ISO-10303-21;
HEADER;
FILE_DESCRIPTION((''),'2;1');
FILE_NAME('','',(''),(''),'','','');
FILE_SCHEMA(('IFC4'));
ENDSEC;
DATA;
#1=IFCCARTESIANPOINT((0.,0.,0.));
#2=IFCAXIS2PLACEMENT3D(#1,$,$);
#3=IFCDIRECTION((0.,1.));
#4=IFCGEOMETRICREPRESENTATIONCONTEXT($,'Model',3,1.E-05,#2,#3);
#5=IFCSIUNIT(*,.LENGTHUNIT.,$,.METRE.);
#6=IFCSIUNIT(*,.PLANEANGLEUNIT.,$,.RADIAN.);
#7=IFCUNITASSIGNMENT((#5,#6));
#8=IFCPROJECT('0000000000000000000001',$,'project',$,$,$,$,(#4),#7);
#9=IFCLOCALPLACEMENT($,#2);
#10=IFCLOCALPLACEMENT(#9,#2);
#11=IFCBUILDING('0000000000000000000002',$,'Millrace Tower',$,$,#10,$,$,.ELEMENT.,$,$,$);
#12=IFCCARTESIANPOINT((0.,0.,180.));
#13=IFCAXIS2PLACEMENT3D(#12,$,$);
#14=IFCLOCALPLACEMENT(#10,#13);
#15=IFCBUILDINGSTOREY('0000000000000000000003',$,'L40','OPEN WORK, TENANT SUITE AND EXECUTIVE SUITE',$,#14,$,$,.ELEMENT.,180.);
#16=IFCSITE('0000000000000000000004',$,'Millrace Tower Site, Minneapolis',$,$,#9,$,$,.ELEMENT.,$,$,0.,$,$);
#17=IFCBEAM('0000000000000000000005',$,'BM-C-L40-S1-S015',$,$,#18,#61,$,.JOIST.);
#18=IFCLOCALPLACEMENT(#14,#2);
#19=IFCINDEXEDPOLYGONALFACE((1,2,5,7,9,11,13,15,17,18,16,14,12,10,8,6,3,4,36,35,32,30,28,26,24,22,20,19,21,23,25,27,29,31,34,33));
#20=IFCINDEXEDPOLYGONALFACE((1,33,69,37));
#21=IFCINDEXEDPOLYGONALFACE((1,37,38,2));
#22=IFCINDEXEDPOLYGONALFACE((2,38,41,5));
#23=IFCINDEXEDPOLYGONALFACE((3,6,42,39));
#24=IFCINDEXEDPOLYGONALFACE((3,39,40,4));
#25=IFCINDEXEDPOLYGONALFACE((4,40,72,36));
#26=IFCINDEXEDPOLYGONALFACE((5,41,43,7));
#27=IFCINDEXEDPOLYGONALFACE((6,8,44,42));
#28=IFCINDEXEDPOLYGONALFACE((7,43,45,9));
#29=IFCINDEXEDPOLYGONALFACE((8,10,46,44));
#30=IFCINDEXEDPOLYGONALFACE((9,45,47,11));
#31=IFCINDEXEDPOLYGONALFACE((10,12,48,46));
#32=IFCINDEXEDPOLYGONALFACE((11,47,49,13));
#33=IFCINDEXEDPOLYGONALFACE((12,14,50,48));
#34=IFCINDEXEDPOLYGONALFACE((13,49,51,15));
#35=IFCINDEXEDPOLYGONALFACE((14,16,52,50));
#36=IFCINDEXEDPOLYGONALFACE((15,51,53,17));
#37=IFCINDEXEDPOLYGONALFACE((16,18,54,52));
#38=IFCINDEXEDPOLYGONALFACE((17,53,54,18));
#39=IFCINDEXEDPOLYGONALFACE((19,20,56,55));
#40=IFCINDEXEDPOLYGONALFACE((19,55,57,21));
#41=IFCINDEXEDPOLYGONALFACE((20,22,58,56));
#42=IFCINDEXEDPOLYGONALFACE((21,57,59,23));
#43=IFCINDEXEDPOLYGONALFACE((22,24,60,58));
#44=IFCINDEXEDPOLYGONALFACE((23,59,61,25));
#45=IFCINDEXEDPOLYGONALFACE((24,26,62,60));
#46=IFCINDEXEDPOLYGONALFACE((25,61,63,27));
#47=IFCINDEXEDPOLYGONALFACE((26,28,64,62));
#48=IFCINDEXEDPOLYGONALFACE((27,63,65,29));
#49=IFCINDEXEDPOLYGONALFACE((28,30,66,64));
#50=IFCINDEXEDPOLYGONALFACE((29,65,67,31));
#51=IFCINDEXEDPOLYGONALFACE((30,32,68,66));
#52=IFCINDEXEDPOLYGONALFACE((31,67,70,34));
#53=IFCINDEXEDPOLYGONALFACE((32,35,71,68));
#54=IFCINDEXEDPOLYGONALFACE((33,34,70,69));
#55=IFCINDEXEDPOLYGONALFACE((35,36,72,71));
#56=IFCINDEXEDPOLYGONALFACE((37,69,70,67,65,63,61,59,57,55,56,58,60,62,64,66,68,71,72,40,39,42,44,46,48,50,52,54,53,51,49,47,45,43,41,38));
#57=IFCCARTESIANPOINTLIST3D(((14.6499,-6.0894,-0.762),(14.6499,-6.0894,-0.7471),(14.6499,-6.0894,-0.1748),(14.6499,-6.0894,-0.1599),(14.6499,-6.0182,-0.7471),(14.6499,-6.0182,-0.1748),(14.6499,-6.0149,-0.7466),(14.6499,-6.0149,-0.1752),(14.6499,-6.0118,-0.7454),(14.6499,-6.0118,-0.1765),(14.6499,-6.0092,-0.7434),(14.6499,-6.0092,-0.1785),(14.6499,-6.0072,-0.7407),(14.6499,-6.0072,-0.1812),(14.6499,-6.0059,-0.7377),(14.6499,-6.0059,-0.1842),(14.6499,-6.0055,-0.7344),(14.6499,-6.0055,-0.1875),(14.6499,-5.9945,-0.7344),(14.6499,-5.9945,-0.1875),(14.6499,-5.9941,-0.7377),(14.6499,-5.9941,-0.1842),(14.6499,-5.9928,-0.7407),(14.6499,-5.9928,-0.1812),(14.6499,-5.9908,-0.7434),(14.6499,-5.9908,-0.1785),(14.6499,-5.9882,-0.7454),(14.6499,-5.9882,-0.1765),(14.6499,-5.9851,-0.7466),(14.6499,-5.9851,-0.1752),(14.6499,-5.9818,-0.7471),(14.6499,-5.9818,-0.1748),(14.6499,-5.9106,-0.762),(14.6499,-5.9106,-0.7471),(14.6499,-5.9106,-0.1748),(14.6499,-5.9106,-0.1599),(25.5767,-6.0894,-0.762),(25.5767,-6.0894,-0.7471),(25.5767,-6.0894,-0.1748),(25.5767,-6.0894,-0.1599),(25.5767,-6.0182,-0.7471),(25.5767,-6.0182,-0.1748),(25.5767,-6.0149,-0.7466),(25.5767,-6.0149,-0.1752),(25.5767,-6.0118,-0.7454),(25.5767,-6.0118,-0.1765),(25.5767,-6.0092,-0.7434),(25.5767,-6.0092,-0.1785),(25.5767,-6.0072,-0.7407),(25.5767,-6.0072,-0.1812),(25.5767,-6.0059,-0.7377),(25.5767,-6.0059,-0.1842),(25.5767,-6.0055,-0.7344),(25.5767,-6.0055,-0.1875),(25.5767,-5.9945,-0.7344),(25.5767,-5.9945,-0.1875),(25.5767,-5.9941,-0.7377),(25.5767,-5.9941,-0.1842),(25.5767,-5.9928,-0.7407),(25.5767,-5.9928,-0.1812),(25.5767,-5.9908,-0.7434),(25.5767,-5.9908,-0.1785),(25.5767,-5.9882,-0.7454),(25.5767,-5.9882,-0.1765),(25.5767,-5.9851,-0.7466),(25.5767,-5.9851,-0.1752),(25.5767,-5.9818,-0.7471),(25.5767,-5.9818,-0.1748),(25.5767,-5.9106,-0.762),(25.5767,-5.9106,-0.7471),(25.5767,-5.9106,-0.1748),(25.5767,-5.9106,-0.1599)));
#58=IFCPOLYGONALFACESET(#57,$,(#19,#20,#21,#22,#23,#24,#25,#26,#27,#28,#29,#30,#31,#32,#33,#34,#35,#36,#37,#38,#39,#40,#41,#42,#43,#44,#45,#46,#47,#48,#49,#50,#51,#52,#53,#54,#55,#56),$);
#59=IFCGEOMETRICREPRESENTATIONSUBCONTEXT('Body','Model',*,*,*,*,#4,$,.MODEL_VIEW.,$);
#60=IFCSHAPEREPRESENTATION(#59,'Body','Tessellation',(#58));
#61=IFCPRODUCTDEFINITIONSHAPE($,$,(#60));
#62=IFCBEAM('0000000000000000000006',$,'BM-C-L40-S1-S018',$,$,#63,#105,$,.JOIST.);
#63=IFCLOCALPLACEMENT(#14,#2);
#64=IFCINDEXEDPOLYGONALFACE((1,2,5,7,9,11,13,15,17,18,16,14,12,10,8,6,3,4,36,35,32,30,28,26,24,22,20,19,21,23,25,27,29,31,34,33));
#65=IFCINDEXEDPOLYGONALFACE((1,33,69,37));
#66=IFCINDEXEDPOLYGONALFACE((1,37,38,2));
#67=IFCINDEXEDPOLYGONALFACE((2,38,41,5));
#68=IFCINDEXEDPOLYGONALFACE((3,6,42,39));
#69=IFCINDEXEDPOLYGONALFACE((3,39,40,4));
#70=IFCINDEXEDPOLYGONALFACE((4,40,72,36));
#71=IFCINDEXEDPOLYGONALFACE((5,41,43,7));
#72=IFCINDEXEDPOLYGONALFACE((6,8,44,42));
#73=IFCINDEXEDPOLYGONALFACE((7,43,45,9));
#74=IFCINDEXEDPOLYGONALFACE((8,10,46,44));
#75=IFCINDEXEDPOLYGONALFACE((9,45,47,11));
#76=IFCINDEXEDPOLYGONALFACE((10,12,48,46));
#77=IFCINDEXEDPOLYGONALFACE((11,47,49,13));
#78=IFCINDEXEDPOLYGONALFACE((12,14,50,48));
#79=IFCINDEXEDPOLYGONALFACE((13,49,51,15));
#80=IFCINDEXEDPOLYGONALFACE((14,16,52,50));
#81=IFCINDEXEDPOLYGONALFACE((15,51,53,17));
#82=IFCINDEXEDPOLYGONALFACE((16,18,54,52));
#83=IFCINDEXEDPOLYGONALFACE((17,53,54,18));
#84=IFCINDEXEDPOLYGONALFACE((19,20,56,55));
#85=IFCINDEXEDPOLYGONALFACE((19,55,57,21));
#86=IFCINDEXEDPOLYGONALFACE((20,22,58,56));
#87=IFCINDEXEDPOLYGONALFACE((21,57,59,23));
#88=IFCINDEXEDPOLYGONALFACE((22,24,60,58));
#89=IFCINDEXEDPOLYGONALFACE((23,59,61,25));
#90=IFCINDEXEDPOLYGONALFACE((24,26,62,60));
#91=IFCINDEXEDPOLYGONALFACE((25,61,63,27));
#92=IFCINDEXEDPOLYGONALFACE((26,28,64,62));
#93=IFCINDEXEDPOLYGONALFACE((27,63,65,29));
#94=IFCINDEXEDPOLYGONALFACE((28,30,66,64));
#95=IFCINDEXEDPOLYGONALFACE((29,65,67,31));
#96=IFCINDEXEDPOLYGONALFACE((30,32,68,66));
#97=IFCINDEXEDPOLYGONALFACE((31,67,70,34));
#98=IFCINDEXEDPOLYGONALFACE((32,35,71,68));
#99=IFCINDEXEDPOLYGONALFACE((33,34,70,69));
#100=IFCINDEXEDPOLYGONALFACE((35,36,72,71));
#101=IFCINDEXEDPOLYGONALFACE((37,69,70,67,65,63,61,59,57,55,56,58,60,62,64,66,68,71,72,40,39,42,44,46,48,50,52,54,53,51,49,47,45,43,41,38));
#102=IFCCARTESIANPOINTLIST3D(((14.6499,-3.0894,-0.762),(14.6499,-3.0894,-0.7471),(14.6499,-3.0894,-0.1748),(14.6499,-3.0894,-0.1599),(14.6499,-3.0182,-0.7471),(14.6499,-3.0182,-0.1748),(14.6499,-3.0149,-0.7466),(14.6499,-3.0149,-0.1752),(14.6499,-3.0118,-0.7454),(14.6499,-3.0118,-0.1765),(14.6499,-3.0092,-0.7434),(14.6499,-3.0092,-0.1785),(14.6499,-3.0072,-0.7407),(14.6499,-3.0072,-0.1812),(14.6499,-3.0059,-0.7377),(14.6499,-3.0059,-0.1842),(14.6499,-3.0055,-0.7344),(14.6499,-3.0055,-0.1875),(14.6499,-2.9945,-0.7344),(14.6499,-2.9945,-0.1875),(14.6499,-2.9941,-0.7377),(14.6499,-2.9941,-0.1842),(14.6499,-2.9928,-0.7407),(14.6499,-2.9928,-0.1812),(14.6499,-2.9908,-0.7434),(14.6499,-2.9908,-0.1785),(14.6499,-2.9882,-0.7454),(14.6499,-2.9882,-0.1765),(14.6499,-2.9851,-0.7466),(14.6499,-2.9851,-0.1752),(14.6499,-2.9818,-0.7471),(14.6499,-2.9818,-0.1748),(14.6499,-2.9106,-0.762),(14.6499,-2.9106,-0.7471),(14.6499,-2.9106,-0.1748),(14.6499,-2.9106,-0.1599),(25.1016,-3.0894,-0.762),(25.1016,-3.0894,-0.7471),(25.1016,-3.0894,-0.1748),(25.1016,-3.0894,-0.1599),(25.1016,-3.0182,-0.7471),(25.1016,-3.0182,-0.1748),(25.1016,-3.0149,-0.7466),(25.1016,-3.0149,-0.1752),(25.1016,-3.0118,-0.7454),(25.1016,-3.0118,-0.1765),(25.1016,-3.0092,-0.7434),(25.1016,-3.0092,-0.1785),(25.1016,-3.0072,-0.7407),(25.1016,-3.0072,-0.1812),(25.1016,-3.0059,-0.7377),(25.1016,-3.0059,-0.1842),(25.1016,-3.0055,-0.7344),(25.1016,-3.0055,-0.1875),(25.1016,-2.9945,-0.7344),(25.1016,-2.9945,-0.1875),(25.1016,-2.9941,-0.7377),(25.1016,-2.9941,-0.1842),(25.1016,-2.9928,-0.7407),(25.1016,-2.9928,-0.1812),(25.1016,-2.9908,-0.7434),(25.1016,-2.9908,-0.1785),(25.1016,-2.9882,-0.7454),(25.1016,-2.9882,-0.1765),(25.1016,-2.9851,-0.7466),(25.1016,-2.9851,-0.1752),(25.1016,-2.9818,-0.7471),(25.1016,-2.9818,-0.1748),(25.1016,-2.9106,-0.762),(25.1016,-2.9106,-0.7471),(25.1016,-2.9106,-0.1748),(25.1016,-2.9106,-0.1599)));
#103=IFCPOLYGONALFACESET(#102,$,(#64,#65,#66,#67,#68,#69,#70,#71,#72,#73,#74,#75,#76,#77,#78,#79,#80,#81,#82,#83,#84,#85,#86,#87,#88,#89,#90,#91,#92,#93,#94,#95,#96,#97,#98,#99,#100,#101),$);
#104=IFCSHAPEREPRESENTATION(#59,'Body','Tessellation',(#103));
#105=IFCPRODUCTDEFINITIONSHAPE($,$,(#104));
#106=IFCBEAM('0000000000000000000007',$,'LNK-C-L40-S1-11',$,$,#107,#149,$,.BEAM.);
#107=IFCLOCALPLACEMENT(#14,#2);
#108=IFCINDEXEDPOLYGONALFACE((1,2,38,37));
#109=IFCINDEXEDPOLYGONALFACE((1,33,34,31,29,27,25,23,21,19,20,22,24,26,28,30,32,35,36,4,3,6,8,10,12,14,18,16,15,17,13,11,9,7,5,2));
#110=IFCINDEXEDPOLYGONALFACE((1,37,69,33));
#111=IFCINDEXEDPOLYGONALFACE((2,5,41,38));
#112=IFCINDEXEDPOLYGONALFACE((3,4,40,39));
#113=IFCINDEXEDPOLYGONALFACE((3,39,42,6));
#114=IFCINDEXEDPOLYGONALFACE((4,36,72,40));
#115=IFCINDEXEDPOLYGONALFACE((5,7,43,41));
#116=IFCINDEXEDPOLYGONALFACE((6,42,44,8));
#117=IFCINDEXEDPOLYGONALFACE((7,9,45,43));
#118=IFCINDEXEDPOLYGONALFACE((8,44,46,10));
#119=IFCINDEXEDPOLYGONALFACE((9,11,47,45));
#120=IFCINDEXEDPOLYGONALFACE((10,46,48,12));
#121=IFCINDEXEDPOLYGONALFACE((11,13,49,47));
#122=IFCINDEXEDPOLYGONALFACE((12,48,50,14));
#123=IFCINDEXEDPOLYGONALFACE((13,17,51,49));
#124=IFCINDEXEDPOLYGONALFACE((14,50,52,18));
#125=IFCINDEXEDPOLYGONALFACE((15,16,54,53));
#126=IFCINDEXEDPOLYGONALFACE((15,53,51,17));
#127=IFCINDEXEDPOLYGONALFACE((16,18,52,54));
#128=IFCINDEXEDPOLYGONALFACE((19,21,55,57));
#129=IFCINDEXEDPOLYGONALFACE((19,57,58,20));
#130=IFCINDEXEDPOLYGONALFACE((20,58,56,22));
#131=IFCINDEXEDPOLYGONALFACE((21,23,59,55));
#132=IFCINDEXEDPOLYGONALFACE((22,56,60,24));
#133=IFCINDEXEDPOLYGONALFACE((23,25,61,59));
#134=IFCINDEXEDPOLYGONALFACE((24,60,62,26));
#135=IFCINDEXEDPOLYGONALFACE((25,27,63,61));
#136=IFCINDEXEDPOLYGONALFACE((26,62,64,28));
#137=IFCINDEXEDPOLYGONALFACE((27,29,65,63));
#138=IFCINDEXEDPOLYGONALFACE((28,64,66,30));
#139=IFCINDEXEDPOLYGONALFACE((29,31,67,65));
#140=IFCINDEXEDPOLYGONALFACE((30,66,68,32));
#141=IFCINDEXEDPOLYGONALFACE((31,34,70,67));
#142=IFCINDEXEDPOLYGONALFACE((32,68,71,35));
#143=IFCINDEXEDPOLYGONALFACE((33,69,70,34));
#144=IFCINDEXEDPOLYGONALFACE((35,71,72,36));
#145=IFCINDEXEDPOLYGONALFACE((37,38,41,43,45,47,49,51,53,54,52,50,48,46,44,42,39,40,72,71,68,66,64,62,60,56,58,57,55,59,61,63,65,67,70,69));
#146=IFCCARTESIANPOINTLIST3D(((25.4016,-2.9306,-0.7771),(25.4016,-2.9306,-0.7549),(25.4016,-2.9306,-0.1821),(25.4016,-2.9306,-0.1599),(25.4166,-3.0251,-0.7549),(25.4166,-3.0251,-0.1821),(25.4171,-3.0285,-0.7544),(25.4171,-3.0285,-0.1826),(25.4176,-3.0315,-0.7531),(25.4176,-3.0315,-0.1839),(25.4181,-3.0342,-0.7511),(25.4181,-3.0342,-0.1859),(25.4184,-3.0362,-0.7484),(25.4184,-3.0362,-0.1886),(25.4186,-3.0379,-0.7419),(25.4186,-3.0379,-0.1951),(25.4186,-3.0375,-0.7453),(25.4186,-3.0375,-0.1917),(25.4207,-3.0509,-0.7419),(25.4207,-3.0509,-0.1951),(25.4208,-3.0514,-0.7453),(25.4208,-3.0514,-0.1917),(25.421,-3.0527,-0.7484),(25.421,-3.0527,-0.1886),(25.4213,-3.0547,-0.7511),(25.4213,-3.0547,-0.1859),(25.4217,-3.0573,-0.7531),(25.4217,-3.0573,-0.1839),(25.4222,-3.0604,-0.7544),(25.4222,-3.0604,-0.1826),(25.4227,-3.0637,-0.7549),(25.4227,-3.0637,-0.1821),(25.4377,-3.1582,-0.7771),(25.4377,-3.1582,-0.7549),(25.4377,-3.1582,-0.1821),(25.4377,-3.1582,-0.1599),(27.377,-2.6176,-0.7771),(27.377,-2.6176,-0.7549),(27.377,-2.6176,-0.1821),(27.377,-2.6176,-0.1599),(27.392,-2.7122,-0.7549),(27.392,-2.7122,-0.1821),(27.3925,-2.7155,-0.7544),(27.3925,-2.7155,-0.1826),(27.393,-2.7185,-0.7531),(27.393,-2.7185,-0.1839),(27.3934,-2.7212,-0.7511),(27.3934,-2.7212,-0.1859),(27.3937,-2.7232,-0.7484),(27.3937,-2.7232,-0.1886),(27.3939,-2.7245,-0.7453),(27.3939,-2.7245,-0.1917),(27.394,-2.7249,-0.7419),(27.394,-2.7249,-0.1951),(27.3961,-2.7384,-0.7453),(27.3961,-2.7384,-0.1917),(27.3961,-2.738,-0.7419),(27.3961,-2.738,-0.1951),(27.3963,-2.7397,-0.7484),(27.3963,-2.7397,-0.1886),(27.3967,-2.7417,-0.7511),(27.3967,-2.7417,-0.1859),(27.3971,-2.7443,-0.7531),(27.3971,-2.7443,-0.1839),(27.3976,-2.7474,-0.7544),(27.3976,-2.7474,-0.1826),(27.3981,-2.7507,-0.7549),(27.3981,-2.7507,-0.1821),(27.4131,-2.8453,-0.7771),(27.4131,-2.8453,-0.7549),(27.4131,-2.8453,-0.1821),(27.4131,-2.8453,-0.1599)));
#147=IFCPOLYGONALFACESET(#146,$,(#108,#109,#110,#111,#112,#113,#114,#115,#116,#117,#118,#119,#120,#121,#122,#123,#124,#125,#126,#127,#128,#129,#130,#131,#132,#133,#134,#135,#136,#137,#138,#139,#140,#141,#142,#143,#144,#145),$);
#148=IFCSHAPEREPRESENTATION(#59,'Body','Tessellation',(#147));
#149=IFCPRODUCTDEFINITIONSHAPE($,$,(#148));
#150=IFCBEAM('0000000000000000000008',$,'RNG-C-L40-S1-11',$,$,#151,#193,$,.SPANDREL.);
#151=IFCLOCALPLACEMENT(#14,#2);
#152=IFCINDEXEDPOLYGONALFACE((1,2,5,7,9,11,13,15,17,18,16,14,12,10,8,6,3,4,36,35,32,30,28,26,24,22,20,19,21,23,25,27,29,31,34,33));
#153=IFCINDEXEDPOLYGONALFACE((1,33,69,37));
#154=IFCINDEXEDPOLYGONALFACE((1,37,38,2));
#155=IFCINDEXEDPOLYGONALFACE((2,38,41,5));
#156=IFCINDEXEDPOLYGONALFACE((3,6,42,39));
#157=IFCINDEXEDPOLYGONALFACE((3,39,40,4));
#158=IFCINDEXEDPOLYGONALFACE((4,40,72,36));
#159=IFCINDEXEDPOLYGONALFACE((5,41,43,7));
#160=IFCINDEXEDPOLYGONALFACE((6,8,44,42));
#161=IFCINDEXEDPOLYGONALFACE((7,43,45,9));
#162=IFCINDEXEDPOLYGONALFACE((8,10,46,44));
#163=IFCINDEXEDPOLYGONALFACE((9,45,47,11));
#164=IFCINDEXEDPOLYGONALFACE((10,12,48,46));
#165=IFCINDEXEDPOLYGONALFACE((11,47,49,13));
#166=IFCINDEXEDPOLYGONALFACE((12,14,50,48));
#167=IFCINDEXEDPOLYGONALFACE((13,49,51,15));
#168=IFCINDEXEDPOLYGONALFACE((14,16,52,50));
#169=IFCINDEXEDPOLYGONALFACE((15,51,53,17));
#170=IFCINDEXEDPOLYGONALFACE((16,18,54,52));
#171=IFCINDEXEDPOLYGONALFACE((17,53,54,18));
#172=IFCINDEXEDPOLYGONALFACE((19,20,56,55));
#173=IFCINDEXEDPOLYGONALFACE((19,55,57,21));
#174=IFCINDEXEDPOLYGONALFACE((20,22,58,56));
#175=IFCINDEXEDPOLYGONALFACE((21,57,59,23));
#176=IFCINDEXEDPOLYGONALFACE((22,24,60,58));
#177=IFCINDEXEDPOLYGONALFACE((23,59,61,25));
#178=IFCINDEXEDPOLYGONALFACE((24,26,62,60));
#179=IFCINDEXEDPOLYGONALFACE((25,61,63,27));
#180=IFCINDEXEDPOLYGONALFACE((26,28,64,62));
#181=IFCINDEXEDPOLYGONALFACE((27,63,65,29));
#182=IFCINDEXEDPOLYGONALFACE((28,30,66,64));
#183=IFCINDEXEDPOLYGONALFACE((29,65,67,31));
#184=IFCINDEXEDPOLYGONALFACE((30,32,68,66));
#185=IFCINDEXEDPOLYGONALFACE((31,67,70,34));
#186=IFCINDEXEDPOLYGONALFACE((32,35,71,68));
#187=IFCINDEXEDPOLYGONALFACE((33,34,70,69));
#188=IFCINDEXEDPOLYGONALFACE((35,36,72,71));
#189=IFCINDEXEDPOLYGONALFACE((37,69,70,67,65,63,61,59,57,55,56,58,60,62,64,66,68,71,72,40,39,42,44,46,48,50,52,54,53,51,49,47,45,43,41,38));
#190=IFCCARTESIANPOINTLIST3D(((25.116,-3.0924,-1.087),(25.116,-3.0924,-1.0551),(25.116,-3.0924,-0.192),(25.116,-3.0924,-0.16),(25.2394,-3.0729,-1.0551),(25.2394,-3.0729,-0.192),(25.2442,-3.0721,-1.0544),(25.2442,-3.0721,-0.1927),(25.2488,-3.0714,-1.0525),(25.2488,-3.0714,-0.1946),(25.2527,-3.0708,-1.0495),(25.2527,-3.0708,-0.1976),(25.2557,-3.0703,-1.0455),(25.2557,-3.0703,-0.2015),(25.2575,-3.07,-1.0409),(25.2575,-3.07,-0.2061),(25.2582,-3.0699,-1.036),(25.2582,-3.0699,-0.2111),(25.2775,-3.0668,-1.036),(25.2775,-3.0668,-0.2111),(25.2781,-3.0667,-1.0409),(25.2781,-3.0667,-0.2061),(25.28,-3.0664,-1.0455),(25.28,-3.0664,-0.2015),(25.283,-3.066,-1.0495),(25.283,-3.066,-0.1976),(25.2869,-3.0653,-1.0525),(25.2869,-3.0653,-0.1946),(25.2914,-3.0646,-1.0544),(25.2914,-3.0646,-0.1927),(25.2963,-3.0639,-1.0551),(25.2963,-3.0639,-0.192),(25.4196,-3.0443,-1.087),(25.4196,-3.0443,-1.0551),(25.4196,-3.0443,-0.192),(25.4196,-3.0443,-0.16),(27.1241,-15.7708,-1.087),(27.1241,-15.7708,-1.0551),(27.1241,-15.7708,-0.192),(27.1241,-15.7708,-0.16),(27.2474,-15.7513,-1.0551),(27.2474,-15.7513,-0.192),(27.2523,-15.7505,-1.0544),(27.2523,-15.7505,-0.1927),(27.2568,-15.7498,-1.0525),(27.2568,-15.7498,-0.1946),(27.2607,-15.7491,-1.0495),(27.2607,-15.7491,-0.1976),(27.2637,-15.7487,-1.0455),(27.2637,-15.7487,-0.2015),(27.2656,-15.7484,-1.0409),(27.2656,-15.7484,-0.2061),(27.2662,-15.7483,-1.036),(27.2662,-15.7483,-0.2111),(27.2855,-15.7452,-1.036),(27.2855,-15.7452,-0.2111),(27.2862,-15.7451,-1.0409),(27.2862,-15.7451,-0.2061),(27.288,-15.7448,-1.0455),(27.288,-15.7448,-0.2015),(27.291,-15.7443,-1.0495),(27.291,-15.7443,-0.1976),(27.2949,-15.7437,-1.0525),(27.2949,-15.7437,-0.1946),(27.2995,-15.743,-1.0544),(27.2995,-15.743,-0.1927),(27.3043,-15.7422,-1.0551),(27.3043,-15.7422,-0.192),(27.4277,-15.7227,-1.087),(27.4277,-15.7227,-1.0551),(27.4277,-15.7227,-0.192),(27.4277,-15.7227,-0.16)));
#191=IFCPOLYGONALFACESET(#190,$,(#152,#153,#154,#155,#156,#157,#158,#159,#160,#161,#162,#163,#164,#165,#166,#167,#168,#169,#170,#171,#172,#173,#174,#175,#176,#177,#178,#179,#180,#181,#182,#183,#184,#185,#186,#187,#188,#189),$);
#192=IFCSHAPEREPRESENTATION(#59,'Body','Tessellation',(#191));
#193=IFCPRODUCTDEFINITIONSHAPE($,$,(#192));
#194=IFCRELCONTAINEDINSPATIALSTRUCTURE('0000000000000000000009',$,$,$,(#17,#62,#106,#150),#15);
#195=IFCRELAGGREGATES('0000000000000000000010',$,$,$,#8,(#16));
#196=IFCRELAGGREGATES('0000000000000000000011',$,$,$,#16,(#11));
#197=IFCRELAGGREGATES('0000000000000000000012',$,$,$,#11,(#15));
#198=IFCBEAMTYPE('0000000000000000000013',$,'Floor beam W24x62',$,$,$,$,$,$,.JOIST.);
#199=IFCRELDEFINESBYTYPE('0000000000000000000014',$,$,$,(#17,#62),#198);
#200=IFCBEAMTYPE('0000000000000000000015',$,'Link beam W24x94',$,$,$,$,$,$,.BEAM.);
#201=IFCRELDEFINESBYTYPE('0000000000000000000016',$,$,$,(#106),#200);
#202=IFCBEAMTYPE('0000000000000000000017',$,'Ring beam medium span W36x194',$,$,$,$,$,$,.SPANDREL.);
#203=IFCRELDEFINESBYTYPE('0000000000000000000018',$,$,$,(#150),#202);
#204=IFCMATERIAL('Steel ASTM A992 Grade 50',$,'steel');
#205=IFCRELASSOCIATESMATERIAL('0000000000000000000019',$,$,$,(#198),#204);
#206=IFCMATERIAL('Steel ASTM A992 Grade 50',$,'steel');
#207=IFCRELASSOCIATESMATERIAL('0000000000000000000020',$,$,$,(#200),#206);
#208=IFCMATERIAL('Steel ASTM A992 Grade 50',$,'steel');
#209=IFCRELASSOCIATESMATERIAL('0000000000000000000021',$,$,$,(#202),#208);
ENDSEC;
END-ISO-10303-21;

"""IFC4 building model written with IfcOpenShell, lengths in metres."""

from ifc_helpers import new_model, si_unit, direction, frame, origin, origin_2d, place, context, subcontext, project, spatial, i_section, extrude, material, material_profile, profile_set, type_object, element, save


model = new_model("IFC4")

# Units and contexts
model_context = context("Model", 3, precision=1e-05, world=origin(), true_north=direction((0.0, 1.0)))
body_context = subcontext(model_context, "Body", "Model", "MODEL_VIEW")
ifc_project = project(units=[si_unit("LENGTHUNIT", "METRE"), si_unit("PLANEANGLEUNIT", "RADIAN")], contexts=[model_context])

# Site, building, storey
site_placement = place(None, origin())
site = spatial("IfcSite", under=ifc_project, at=site_placement, Name="Millrace Tower Site, Minneapolis", CompositionType="ELEMENT", RefElevation=0.0)
building_placement = place(site_placement, origin())
building = spatial("IfcBuilding", under=site, at=building_placement, Name="Millrace Tower", CompositionType="ELEMENT")
storey_placement = place(building_placement, frame((0.0, 0.0, 180.0)))
storey = spatial("IfcBuildingStorey", under=building, at=storey_placement, Name="L40", Description="OPEN WORK, TENANT SUITE AND EXECUTIVE SUITE", CompositionType="ELEMENT", Elevation=180.0)

# Beams
ifc_material_1 = material(Name="Steel ASTM A992 Grade 50", Category="steel")
ifc_material_profile_1 = material_profile(ifc_material_1, i_section(OverallWidth=0.1787, OverallDepth=0.6021, WebThickness=0.011, FlangeThickness=0.0149, FilletRadius=0.0127, at=origin_2d()))
ifc_profile_set_1 = profile_set([ifc_material_profile_1], Name="Steel ASTM A992 Grade 50")
beam_type_1 = type_object("IfcBeamType", Name="Floor beam W24x62", PredefinedType="JOIST", material=ifc_profile_set_1)
beam_1_placement = place(storey_placement, frame((14.6499, -6.0, -0.4609), z_axis=(1.0, 0.0, 0.0), x_axis=(0.0, 1.0, 0.0)))
element("IfcBeam", 1, at=beam_1_placement, inside=storey, type_object=beam_type_1, Name="BM-C-L40-S1-S015", PredefinedType="JOIST", context=body_context, shape_type="SweptSolid", body=[
    extrude(i_section(OverallWidth=0.1787, OverallDepth=0.6021, WebThickness=0.011, FlangeThickness=0.0149, FilletRadius=0.0127, at=origin_2d()), origin(), (0.0, 0.0, 1.0), 10.9268),
])
beam_2_placement = place(storey_placement, frame((14.6499, -3.0, -0.4609), z_axis=(1.0, 0.0, 0.0), x_axis=(0.0, 1.0, 0.0)))
element("IfcBeam", 2, at=beam_2_placement, inside=storey, type_object=beam_type_1, Name="BM-C-L40-S1-S018", PredefinedType="JOIST", context=body_context, shape_type="SweptSolid", body=[
    extrude(i_section(OverallWidth=0.1787, OverallDepth=0.6021, WebThickness=0.011, FlangeThickness=0.0149, FilletRadius=0.0127, at=origin_2d()), origin(), (0.0, 0.0, 1.0), 10.4517),
])
ifc_material_2 = material(Name="Steel ASTM A992 Grade 50", Category="steel")
ifc_material_profile_2 = material_profile(ifc_material_2, i_section(OverallWidth=0.2305, OverallDepth=0.6172, WebThickness=0.0132, FlangeThickness=0.0222, FilletRadius=0.0129, at=origin_2d()))
ifc_profile_set_2 = profile_set([ifc_material_profile_2], Name="Steel ASTM A992 Grade 50")
beam_type_2 = type_object("IfcBeamType", Name="Link beam W24x94", PredefinedType="BEAM", material=ifc_profile_set_2)
beam_3_placement = place(storey_placement, frame((25.4197, -3.0444, -0.4685), z_axis=(0.987679, 0.156495, 0.0), x_axis=(-0.156495, 0.987679, 0.0)))
element("IfcBeam", 3, at=beam_3_placement, inside=storey, type_object=beam_type_2, Name="LNK-C-L40-S1-11", PredefinedType="BEAM", context=body_context, shape_type="SweptSolid", body=[
    extrude(i_section(OverallWidth=0.2305, OverallDepth=0.6172, WebThickness=0.0132, FlangeThickness=0.0222, FilletRadius=0.0129, at=origin_2d()), origin(), (0.0, 0.0, 1.0), 2.0),
])
ifc_material_3 = material(Name="Steel ASTM A992 Grade 50", Category="steel")
ifc_material_profile_3 = material_profile(ifc_material_3, i_section(OverallWidth=0.3074, OverallDepth=0.927, WebThickness=0.0195, FlangeThickness=0.032, FilletRadius=0.019, at=origin_2d()))
ifc_profile_set_3 = profile_set([ifc_material_profile_3], Name="Steel ASTM A992 Grade 50")
beam_type_3 = type_object("IfcBeamType", Name="Ring beam medium span W36x194", PredefinedType="SPANDREL", material=ifc_profile_set_3)
beam_4_placement = place(storey_placement, frame((25.2678, -3.0684, -0.6235), z_axis=(0.156433, -0.987689, 0.0), x_axis=(0.987689, 0.156433, 0.0)))
element("IfcBeam", 4, at=beam_4_placement, inside=storey, type_object=beam_type_3, Name="RNG-C-L40-S1-11", PredefinedType="SPANDREL", context=body_context, shape_type="SweptSolid", body=[
    extrude(i_section(OverallWidth=0.3074, OverallDepth=0.927, WebThickness=0.0195, FlangeThickness=0.032, FilletRadius=0.019, at=origin_2d()), origin(), (0.0, 0.0, 1.0), 12.8364),
])

save(model, "model.ifc")
